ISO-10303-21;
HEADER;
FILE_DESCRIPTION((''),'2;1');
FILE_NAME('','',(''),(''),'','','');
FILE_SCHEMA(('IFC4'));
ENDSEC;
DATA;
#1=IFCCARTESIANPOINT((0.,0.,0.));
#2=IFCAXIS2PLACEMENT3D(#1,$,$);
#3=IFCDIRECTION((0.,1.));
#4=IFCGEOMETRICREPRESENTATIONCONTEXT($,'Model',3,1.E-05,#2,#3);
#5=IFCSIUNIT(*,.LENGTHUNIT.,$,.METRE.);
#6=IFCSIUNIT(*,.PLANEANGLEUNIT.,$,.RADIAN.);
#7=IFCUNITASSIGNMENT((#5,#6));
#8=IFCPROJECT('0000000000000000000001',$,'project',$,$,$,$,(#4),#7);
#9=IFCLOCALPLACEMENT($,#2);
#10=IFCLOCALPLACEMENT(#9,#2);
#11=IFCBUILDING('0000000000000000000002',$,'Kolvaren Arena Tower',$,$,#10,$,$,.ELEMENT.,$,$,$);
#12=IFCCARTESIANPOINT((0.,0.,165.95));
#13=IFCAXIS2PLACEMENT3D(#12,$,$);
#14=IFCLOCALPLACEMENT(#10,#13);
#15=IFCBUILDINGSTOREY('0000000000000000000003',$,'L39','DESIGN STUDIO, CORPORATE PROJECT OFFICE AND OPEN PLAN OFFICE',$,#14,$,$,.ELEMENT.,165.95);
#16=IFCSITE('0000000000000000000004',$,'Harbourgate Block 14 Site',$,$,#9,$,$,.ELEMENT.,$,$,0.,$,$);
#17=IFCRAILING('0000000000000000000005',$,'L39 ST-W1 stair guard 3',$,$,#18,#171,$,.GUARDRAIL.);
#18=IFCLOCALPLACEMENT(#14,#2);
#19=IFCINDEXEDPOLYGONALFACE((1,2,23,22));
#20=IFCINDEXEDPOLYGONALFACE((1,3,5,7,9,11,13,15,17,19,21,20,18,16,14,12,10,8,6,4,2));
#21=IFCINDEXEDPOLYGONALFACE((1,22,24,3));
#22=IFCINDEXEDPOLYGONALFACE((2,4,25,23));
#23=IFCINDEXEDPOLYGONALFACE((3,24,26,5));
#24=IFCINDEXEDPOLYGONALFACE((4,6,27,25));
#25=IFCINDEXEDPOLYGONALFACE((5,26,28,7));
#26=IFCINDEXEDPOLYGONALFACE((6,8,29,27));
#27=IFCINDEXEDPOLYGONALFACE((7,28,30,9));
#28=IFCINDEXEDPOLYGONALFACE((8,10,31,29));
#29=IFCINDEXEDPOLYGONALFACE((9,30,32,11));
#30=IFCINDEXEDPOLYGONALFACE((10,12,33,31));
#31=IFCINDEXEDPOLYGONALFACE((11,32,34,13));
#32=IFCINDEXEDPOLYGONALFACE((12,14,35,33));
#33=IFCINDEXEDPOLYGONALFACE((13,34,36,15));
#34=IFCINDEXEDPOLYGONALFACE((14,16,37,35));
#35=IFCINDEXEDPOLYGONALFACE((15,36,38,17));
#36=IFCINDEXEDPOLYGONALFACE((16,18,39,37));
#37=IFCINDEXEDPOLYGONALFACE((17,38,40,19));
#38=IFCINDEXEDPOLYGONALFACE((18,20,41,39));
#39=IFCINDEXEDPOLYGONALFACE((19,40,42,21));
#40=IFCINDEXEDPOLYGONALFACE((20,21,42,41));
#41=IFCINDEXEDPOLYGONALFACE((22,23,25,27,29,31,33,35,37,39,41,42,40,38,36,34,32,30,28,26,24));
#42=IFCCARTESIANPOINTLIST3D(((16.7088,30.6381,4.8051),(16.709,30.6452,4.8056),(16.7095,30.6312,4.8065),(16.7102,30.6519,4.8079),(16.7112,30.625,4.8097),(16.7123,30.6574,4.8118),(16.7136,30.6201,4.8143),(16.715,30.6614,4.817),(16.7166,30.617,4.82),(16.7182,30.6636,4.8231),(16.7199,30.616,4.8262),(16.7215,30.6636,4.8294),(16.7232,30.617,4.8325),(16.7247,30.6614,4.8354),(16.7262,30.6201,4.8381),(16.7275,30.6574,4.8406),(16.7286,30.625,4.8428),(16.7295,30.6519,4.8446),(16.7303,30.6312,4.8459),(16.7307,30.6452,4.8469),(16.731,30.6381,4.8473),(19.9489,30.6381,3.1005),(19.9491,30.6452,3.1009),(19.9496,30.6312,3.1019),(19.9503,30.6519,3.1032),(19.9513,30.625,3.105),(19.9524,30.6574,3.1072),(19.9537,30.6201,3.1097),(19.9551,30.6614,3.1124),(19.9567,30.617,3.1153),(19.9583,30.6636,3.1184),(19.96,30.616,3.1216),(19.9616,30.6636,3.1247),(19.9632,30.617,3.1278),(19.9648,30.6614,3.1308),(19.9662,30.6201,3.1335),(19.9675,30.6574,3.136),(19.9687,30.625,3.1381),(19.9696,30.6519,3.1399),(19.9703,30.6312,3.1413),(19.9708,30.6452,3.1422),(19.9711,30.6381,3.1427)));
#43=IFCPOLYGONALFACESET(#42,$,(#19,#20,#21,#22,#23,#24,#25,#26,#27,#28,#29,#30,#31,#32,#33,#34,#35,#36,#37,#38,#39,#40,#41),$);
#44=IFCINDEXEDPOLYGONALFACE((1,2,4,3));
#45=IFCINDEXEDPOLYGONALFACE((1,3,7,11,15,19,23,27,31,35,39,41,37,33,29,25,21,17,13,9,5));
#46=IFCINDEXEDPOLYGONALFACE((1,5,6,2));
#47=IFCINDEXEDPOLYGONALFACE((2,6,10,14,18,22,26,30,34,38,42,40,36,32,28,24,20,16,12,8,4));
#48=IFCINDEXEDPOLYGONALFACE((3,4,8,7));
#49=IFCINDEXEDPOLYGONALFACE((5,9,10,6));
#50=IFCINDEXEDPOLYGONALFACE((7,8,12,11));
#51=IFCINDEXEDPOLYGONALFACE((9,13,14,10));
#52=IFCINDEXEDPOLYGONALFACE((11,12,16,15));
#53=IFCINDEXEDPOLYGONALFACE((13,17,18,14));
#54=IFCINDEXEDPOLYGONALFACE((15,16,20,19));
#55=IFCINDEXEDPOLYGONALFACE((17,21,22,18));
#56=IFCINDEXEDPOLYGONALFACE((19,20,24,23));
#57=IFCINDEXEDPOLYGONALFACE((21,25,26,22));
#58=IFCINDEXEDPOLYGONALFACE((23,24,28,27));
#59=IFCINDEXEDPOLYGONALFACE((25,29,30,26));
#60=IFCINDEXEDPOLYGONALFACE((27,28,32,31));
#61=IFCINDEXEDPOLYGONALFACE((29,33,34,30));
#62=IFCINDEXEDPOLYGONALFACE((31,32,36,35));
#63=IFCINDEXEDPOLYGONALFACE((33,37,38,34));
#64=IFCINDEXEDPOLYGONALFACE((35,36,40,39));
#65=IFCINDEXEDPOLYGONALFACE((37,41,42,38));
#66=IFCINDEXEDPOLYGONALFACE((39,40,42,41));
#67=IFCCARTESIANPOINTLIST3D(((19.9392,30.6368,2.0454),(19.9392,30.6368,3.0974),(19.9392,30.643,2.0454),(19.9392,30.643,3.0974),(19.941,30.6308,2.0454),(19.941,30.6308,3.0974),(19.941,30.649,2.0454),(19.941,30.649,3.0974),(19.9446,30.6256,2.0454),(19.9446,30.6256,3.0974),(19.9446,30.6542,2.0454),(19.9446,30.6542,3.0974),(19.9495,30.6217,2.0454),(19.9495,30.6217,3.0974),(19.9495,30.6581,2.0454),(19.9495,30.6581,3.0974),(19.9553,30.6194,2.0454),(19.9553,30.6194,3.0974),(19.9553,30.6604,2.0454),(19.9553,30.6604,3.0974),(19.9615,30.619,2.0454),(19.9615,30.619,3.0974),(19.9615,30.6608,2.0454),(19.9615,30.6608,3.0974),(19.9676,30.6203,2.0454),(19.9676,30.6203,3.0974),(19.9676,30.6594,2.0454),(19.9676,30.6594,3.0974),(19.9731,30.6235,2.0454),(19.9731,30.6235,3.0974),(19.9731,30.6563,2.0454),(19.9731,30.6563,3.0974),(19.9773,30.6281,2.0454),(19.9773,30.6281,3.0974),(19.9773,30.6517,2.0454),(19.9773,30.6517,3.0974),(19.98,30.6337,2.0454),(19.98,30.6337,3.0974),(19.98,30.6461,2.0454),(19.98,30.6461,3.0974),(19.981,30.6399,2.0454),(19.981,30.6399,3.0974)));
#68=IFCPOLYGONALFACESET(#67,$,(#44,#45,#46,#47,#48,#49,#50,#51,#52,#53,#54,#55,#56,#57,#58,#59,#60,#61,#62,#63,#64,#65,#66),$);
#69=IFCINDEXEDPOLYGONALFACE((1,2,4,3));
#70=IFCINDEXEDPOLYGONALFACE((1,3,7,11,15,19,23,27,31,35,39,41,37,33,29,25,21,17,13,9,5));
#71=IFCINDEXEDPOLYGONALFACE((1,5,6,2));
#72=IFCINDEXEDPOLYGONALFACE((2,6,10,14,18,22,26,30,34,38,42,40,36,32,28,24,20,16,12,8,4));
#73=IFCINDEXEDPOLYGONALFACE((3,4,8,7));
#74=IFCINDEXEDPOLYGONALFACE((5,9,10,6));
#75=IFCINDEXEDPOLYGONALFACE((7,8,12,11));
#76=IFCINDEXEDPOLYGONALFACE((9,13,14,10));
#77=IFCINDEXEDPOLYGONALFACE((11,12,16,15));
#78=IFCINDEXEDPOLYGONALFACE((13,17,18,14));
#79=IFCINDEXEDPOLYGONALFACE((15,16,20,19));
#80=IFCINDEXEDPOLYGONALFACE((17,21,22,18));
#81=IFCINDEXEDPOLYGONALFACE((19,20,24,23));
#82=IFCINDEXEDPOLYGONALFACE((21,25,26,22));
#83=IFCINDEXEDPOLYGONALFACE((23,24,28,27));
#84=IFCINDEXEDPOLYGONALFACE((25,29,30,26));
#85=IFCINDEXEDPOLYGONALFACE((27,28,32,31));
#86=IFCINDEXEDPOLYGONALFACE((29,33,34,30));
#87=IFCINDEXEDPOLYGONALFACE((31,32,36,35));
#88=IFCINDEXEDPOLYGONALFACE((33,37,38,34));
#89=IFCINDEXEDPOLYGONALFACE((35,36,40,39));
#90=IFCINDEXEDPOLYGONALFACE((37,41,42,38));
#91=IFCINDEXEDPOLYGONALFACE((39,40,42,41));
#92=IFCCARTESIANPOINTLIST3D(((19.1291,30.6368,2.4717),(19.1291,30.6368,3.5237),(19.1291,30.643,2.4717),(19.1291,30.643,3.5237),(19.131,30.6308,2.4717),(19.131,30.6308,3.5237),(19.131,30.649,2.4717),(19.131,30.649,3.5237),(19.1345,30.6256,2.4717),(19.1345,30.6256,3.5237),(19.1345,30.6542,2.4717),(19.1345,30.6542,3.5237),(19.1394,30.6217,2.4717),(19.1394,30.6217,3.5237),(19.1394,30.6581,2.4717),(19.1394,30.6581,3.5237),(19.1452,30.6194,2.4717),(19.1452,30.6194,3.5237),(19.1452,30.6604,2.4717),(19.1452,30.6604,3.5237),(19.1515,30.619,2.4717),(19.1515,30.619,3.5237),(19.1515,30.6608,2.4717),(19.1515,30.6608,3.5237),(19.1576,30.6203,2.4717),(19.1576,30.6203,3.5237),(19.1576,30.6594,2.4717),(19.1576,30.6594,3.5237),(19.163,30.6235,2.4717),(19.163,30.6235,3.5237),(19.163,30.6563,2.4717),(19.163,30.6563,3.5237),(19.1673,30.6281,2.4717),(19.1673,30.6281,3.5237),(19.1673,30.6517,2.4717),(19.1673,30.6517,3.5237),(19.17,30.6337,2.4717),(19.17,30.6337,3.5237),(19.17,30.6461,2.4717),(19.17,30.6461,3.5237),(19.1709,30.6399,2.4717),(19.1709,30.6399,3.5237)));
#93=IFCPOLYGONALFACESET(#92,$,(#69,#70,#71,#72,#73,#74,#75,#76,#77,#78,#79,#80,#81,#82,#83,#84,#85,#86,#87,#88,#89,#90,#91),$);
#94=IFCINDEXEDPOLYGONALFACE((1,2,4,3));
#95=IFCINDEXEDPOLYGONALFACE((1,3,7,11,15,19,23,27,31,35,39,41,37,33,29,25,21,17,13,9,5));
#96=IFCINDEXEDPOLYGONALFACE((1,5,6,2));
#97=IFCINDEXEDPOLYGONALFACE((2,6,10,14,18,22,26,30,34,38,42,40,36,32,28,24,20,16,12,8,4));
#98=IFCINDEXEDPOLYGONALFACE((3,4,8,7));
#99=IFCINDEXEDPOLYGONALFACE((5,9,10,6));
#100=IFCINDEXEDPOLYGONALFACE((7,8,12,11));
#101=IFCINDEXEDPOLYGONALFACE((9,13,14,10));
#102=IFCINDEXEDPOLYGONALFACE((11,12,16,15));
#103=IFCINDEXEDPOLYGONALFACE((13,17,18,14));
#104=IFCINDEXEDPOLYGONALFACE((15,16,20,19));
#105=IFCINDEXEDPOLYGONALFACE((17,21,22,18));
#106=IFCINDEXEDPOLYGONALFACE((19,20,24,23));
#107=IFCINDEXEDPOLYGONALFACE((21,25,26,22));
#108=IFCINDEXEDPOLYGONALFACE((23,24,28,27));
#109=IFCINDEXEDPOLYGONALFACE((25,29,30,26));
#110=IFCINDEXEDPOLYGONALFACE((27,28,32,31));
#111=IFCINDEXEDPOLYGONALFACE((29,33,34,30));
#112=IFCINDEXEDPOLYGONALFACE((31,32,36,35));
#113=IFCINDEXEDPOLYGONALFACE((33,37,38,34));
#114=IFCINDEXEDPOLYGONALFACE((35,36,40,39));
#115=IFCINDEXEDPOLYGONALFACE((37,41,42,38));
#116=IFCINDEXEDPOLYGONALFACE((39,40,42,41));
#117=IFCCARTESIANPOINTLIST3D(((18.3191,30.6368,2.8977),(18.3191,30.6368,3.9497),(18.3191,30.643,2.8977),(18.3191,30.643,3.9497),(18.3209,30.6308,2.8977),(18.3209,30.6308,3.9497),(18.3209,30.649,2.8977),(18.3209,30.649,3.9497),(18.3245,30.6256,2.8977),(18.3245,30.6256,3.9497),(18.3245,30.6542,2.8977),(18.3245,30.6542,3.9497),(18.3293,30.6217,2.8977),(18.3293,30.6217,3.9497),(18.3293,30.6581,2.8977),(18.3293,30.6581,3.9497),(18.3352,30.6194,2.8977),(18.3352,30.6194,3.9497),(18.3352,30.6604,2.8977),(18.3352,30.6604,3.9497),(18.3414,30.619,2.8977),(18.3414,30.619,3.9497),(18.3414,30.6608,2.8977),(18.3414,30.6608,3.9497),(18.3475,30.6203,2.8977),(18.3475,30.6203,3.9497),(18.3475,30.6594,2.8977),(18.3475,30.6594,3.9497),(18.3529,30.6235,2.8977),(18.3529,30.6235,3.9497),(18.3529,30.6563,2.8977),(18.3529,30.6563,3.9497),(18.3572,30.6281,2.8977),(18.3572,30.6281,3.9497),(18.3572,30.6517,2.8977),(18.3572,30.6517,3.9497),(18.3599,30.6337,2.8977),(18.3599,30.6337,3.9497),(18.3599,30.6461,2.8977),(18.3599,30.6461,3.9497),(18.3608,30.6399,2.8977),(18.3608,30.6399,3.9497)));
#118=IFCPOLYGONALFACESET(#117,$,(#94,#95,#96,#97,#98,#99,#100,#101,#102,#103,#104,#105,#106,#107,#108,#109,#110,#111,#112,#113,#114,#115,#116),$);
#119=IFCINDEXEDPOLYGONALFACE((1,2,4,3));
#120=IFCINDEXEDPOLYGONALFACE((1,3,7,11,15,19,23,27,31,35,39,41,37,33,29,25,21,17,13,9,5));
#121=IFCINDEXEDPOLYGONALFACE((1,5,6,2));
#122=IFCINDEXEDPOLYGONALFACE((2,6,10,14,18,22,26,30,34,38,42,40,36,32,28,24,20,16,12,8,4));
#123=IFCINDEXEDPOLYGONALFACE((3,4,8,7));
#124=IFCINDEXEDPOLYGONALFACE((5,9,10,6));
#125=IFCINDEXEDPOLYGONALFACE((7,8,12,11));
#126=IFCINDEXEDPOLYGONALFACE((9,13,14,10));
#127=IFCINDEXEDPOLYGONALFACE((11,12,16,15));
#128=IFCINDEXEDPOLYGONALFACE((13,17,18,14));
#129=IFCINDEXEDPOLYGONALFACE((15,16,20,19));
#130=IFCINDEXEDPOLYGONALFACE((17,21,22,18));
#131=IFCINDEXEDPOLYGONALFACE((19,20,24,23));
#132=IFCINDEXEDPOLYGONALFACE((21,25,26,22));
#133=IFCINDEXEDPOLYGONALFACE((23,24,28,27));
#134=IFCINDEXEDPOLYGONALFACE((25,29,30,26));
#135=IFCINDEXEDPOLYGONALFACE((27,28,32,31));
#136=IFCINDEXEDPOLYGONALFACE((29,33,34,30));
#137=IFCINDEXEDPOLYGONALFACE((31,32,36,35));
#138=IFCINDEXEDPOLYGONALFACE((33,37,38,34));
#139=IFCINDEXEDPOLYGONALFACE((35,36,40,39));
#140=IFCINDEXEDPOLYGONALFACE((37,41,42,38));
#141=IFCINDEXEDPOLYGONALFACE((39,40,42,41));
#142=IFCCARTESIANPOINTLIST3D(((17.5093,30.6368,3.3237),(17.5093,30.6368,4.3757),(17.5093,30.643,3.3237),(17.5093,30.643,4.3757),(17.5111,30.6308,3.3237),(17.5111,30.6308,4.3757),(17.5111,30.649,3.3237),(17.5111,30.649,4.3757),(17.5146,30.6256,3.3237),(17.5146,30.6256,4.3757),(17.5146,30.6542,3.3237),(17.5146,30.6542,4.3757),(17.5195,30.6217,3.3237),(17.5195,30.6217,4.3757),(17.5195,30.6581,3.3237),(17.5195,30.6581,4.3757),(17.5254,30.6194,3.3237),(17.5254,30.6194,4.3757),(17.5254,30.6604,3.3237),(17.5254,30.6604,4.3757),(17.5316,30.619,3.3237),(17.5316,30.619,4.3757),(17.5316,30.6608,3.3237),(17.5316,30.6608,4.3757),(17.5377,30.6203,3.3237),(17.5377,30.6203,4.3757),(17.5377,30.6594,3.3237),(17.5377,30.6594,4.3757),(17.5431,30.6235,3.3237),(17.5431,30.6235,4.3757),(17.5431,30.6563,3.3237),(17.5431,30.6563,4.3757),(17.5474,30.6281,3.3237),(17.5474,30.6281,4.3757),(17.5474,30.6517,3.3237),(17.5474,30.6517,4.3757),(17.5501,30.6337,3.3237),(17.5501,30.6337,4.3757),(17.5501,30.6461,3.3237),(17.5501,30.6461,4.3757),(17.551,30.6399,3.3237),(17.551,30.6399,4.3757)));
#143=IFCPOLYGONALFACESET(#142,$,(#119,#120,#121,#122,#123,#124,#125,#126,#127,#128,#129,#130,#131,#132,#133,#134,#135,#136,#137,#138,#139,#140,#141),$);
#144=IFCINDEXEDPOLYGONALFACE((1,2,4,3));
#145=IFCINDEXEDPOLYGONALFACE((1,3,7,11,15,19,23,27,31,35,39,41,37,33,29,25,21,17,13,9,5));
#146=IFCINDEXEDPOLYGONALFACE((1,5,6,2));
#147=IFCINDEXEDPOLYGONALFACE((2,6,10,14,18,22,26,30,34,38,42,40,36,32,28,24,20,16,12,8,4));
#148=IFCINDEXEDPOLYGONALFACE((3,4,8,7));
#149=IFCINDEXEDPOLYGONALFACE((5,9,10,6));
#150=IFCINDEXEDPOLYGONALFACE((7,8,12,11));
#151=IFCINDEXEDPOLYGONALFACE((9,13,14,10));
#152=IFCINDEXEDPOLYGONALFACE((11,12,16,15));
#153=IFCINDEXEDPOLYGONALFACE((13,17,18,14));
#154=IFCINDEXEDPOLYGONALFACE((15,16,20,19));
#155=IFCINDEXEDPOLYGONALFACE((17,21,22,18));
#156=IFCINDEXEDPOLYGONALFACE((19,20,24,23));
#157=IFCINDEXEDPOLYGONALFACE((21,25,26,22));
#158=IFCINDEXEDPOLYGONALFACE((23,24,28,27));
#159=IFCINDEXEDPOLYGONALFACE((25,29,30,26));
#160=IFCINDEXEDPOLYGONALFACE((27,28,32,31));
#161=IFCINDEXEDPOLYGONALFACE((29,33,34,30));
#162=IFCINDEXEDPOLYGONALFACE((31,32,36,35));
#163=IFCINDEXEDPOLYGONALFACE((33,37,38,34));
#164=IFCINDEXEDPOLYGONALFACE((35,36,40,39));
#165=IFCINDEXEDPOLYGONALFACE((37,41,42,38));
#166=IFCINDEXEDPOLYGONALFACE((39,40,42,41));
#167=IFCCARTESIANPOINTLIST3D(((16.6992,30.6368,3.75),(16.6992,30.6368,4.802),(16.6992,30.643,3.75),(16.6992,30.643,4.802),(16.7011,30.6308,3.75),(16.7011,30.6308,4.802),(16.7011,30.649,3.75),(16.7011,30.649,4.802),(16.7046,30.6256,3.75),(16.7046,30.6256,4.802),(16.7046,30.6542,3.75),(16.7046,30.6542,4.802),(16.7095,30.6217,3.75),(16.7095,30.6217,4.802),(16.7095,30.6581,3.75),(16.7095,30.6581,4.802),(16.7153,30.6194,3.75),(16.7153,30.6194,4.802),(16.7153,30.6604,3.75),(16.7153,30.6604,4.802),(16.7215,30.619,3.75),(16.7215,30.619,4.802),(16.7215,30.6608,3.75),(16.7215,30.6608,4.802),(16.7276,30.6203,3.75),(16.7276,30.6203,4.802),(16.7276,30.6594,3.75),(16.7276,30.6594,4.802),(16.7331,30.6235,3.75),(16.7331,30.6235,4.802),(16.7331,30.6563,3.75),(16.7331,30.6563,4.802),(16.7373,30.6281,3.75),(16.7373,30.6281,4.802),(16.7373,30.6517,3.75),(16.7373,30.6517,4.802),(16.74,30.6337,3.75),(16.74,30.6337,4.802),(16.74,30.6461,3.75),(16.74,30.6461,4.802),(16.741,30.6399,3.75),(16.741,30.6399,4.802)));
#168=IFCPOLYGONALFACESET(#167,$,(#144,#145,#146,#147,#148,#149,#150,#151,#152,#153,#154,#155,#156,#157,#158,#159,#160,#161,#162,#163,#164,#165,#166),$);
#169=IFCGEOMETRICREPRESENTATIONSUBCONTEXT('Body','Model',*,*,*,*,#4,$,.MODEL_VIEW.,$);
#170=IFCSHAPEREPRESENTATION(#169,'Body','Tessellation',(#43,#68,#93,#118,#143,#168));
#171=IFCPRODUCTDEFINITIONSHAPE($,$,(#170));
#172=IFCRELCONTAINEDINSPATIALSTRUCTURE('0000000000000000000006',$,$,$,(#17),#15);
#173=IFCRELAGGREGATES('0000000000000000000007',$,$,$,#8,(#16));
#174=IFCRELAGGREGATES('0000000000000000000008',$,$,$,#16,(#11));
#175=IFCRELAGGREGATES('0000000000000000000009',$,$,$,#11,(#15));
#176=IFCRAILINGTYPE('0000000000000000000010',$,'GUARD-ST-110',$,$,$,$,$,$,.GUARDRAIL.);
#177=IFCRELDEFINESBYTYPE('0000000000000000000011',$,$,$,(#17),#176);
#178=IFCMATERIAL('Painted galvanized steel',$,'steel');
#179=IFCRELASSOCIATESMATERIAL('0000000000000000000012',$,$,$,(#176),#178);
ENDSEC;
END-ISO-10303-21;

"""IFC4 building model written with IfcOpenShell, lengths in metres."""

from ifc_helpers import new_model, si_unit, direction, frame, origin, origin_2d, place, context, subcontext, project, spatial, circle, extrude, material, type_object, element, save


model = new_model("IFC4")

# Units and contexts
model_context = context("Model", 3, precision=1e-05, world=origin(), true_north=direction((0.0, 1.0)))
body_context = subcontext(model_context, "Body", "Model", "MODEL_VIEW")
ifc_project = project(units=[si_unit("LENGTHUNIT", "METRE"), si_unit("PLANEANGLEUNIT", "RADIAN")], contexts=[model_context])

# Site, building, storey
site_placement = place(None, origin())
site = spatial("IfcSite", under=ifc_project, at=site_placement, Name="Harbourgate Block 14 Site", CompositionType="ELEMENT", RefElevation=0.0)
building_placement = place(site_placement, origin())
building = spatial("IfcBuilding", under=site, at=building_placement, Name="Kolvaren Arena Tower", CompositionType="ELEMENT")
storey_placement = place(building_placement, frame((0.0, 0.0, 165.95)))
storey = spatial("IfcBuildingStorey", under=building, at=storey_placement, Name="L39", Description="DESIGN STUDIO, CORPORATE PROJECT OFFICE AND OPEN PLAN OFFICE", CompositionType="ELEMENT", Elevation=165.95)

# Railing
ifc_material_1 = material(Name="Painted galvanized steel", Category="steel")
railing_type_1 = type_object("IfcRailingType", Name="GUARD-ST-110", PredefinedType="GUARDRAIL", material=ifc_material_1)
railing_1_placement = place(storey_placement, frame((19.96, 30.6399, 2.0454)))
element("IfcRailing", 1, at=railing_1_placement, inside=storey, type_object=railing_type_1, Name="L39 ST-W1 stair guard 3", PredefinedType="GUARDRAIL", context=body_context, shape_type="SweptSolid", body=[
    extrude(circle(Radius=0.0239, at=origin_2d()), frame((0.0, 0.0, 1.0762), z_axis=(-0.884993, 0.0, 0.465604), x_axis=(0.0, -1.0, 0.0)), (0.0, 0.0, 1.0), 3.6611),
    extrude(circle(Radius=0.021, at=origin_2d()), origin(), (0.0, 0.0, 1.0), 1.052),
    extrude(circle(Radius=0.021, at=origin_2d()), frame((-0.8101, 0.0, 0.4263)), (0.0, 0.0, 1.0), 1.052),
    extrude(circle(Radius=0.021, at=origin_2d()), frame((-1.6201, 0.0, 0.8523)), (0.0, 0.0, 1.0), 1.052),
    extrude(circle(Radius=0.021, at=origin_2d()), frame((-2.4299, 0.0, 1.2783)), (0.0, 0.0, 1.0), 1.052),
    extrude(circle(Radius=0.021, at=origin_2d()), frame((-3.24, 0.0, 1.7046)), (0.0, 0.0, 1.0), 1.052),
])

save(model, "model.ifc")
